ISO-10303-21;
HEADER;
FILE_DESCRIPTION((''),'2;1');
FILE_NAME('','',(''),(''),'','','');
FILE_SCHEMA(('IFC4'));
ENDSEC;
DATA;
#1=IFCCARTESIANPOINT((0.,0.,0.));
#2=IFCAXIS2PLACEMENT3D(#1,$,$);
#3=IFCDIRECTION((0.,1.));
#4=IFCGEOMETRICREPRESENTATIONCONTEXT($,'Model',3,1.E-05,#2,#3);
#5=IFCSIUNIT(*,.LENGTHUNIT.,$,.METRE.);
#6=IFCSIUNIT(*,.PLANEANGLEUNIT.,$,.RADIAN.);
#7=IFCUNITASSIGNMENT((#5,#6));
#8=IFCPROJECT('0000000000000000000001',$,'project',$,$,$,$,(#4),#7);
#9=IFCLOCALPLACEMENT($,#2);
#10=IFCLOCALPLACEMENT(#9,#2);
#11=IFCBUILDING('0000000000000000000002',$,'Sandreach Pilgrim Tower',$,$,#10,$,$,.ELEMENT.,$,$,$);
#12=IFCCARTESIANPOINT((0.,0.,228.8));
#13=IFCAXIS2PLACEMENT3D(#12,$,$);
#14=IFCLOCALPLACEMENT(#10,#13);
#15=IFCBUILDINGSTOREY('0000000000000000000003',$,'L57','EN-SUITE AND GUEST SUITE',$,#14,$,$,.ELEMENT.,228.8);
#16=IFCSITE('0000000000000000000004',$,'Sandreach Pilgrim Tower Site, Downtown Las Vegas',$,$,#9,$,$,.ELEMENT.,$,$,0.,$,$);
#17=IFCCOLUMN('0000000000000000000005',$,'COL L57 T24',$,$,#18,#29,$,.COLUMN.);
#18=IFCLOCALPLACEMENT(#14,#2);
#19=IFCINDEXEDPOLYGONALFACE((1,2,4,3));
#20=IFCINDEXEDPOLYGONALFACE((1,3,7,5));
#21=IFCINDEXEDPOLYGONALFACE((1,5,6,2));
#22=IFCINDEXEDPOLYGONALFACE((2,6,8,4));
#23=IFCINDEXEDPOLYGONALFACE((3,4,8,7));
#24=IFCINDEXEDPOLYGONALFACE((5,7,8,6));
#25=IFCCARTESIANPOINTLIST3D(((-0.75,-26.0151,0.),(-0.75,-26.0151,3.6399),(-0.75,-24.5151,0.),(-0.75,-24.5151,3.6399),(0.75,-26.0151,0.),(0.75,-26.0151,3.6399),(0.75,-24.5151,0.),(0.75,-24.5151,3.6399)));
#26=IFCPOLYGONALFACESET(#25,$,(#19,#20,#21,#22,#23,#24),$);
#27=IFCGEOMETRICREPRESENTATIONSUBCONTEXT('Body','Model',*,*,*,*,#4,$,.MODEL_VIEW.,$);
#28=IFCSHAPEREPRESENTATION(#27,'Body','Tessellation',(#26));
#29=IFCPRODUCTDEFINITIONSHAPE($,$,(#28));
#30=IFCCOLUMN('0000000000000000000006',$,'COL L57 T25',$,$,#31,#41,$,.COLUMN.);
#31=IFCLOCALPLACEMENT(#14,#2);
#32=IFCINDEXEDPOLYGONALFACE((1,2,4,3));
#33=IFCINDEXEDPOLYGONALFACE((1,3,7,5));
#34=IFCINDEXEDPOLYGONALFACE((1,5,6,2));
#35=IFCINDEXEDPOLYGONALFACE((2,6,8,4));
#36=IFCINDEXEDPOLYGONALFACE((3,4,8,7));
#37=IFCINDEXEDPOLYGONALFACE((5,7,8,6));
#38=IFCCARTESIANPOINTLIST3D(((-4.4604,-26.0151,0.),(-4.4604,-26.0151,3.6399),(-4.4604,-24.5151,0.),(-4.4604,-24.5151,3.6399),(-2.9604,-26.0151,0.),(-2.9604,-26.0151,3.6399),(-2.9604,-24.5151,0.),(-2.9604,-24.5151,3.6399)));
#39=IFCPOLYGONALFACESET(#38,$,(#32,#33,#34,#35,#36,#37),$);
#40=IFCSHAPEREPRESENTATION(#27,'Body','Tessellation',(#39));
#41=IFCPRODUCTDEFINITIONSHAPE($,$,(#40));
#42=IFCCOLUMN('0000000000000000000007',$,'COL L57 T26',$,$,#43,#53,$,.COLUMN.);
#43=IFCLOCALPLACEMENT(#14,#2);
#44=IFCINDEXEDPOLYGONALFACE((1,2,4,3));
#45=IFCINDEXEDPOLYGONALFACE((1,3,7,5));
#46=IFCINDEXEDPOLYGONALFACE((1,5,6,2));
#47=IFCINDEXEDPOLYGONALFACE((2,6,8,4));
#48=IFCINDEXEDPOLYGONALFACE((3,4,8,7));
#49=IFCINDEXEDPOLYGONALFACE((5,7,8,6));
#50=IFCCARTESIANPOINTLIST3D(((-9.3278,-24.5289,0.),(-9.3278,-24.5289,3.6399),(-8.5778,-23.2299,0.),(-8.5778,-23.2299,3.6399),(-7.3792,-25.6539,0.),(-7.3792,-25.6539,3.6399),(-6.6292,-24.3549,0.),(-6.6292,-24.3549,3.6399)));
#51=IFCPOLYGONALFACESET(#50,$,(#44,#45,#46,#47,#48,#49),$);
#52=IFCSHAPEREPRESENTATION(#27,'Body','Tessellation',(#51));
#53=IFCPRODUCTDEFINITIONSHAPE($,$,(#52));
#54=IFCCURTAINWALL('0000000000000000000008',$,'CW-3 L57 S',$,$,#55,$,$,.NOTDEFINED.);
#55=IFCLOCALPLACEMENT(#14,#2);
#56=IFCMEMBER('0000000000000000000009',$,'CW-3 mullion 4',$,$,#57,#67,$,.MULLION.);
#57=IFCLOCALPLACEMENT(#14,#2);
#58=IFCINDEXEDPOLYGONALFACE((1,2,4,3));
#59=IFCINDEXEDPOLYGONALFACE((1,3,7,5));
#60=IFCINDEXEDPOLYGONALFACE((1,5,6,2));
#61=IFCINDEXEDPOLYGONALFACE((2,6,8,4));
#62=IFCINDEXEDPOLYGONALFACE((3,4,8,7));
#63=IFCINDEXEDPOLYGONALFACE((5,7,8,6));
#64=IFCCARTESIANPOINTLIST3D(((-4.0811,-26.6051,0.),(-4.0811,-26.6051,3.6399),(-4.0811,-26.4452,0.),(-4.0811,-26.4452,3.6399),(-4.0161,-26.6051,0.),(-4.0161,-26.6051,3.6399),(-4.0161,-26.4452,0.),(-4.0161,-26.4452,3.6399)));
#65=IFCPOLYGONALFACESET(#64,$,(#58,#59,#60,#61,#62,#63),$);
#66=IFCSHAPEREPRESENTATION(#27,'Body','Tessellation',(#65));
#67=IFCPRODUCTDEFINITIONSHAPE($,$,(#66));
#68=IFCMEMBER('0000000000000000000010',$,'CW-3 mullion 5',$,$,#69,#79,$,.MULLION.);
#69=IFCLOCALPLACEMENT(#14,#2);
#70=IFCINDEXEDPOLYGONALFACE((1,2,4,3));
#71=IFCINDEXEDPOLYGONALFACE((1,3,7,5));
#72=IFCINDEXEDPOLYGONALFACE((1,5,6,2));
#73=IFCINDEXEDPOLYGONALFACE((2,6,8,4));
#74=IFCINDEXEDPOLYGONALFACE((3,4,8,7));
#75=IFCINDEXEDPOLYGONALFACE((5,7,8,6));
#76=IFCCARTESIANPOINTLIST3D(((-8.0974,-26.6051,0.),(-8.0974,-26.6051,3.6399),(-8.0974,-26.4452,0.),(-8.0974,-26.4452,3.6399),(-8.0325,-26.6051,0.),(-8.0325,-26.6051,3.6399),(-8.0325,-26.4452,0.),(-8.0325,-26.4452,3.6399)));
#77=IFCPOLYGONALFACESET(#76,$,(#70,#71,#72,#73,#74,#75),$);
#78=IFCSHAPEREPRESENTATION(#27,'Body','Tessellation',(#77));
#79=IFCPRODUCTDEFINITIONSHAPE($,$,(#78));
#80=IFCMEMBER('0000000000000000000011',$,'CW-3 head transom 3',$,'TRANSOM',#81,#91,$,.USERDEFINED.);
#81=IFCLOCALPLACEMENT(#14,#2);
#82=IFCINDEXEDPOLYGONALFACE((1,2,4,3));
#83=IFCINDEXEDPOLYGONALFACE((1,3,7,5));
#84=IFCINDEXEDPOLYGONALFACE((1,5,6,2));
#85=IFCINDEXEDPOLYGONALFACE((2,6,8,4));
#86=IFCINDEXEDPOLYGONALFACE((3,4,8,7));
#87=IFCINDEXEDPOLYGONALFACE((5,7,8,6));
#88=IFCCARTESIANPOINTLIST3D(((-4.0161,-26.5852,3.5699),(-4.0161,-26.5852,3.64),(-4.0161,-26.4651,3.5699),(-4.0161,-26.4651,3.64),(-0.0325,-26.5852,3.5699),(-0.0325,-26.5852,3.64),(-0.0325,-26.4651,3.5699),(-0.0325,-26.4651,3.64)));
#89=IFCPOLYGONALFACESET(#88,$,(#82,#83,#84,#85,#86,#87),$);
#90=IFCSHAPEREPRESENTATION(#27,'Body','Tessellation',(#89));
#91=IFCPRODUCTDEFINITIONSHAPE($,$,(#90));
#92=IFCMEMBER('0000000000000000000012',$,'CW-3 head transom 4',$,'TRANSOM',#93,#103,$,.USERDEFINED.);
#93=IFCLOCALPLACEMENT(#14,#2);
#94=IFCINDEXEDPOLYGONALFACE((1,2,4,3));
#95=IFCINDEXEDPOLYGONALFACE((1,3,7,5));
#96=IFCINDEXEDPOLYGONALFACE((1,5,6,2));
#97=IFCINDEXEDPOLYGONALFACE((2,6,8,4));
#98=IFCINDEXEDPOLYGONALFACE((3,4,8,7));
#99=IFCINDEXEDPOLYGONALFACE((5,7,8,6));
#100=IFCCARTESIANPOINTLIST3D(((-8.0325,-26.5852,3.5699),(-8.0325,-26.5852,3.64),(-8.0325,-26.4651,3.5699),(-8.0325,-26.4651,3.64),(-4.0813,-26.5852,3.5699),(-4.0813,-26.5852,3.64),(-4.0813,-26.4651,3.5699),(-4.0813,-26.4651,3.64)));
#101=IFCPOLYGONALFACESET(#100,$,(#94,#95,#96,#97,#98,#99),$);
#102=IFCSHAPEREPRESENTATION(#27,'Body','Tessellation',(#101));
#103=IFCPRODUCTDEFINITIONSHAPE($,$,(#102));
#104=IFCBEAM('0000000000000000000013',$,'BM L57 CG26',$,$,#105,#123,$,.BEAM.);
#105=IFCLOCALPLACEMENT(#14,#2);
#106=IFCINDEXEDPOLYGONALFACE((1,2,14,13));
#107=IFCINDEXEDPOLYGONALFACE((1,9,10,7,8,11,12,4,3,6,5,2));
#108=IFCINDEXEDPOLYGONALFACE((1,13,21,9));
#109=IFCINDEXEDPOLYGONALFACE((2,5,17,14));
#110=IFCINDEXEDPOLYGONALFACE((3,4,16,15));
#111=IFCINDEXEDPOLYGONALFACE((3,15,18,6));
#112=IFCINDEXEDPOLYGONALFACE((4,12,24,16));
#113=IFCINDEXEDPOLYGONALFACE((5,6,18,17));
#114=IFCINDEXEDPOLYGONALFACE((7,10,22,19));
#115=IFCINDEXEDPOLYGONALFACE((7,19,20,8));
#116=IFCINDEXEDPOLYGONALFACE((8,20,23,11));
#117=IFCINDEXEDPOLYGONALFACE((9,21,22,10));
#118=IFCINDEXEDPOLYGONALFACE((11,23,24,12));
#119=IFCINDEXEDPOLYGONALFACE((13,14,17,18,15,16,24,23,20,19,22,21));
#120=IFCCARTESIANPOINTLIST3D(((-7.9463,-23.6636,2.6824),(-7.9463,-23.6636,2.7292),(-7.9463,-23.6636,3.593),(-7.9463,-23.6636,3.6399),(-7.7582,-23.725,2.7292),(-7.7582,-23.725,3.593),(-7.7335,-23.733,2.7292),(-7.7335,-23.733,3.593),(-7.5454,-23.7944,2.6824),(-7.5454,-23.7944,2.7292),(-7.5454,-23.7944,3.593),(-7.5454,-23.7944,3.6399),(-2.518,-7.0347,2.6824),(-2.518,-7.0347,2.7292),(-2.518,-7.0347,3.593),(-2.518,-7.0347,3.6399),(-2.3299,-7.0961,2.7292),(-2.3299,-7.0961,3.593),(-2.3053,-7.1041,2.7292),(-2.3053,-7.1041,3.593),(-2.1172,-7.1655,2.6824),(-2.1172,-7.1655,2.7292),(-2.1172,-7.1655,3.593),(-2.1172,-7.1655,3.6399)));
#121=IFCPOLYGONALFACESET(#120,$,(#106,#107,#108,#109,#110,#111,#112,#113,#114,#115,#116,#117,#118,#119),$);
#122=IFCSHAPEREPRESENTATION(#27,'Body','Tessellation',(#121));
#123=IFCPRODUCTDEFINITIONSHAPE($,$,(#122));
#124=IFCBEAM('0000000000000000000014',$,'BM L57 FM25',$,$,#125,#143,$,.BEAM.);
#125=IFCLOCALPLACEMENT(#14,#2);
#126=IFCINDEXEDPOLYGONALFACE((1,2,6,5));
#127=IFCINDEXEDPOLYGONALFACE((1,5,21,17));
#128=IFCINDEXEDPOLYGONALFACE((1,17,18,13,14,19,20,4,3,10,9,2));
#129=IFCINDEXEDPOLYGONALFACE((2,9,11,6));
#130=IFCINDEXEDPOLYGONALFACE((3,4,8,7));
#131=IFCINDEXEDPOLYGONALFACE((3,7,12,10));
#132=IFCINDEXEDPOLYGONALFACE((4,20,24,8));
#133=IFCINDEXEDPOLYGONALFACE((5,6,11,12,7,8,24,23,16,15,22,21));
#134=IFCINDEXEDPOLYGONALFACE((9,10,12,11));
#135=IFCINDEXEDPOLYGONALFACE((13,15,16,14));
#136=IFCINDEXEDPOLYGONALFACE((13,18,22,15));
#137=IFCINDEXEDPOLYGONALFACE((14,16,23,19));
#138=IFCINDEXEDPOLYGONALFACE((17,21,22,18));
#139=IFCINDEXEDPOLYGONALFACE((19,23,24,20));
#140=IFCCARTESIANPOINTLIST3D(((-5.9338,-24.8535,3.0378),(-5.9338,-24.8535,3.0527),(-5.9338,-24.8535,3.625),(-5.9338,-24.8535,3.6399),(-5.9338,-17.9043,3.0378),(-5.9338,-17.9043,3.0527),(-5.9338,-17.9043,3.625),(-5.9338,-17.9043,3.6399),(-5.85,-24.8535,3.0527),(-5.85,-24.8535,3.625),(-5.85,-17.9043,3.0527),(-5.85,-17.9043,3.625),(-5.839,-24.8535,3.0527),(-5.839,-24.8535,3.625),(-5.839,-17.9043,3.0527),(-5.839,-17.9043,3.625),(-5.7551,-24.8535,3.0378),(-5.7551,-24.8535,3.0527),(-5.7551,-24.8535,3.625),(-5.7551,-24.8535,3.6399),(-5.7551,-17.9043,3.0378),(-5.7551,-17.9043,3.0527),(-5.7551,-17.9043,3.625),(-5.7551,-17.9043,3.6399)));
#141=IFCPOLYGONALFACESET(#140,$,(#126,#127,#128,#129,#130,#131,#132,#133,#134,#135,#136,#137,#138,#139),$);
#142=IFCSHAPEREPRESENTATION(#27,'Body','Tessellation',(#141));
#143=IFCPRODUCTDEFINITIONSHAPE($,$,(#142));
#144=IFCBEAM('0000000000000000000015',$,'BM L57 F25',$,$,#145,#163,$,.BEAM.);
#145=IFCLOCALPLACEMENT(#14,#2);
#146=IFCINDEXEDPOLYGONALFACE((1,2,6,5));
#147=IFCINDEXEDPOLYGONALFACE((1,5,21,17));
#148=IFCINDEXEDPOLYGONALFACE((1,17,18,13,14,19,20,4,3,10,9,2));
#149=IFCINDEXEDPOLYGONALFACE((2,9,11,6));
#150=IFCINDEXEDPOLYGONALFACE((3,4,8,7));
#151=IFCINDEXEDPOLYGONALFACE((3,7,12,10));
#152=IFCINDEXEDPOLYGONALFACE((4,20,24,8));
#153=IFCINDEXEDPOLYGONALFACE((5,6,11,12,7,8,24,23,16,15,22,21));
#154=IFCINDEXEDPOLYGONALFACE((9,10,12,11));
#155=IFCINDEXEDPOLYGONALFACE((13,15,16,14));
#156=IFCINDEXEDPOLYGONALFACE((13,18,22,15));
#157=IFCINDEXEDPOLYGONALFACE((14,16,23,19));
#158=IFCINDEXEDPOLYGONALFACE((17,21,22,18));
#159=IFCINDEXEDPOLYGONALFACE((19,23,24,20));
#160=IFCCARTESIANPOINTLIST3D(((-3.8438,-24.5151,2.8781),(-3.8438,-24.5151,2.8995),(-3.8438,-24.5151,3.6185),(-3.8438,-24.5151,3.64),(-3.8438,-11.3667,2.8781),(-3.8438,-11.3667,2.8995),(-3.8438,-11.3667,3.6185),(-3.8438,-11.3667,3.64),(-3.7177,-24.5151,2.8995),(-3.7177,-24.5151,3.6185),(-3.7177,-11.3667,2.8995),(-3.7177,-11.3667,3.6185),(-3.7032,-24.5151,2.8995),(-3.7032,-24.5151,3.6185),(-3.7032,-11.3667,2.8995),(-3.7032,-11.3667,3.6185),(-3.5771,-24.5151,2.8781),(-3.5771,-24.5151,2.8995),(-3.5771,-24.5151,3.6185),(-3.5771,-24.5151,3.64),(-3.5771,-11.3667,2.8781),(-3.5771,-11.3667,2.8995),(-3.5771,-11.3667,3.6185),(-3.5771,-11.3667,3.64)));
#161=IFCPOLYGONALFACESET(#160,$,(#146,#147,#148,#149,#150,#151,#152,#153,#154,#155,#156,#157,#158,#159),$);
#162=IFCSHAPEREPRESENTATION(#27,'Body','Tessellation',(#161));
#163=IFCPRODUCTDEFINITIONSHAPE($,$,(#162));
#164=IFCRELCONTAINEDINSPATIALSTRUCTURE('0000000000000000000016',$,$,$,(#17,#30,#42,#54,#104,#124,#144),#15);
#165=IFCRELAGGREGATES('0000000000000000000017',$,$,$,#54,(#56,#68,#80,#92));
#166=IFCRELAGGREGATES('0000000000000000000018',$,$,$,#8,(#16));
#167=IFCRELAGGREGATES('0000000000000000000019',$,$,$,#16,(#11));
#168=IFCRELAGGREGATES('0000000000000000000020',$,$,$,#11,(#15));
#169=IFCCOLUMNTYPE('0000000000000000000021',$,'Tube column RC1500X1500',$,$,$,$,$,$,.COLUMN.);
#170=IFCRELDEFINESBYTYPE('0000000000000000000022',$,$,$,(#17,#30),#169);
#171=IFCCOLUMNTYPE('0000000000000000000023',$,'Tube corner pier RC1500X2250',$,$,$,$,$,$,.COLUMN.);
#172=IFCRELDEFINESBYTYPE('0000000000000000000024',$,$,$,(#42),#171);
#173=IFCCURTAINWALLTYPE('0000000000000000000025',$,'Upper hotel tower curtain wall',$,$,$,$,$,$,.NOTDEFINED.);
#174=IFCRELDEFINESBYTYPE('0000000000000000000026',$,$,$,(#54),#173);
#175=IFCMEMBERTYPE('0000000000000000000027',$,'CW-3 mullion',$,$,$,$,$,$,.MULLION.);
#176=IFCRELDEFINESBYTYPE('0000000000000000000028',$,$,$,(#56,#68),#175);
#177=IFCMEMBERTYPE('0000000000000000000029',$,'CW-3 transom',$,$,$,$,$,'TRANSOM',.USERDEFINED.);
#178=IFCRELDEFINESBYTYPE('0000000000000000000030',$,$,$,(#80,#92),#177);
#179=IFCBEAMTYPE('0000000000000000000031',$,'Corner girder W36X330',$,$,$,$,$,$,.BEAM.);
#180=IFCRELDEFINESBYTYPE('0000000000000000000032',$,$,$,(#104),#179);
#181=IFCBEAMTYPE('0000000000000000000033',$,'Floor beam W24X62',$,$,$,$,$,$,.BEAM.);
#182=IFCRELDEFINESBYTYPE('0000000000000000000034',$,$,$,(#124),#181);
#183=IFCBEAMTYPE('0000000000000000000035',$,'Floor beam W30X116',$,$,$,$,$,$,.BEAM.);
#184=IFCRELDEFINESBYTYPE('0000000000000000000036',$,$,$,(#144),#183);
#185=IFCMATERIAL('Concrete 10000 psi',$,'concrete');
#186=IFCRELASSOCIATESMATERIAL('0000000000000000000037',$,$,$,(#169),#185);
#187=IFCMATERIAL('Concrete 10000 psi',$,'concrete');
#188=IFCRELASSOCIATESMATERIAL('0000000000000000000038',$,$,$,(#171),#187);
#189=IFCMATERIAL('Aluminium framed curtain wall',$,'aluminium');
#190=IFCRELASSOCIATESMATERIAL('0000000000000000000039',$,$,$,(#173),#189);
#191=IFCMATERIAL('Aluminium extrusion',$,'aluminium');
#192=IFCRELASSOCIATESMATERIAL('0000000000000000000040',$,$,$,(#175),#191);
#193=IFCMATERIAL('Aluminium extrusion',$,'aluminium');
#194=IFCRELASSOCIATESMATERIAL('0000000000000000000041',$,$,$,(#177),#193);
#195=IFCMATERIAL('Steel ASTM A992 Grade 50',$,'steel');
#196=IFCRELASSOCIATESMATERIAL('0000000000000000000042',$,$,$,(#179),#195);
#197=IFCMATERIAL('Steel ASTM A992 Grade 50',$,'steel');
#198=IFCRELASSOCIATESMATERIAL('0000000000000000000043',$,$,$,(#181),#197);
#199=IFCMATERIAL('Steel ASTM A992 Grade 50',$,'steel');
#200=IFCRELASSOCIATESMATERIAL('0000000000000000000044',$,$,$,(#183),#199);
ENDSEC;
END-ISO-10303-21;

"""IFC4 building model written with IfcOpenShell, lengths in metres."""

from ifc_helpers import new_model, si_unit, direction, frame, origin, origin_2d, place, context, subcontext, project, spatial, rectangle, i_section, extrude, clip, halfspace, material, material_profile, profile_set, type_object, element, aggregate, save


model = new_model("IFC4")

# Units and contexts
model_context = context("Model", 3, precision=1e-05, world=origin(), true_north=direction((0.0, 1.0)))
body_context = subcontext(model_context, "Body", "Model", "MODEL_VIEW")
ifc_project = project(units=[si_unit("LENGTHUNIT", "METRE"), si_unit("PLANEANGLEUNIT", "RADIAN")], contexts=[model_context])

# Site, building, storey
site_placement = place(None, origin())
site = spatial("IfcSite", under=ifc_project, at=site_placement, Name="Sandreach Pilgrim Tower Site, Downtown Las Vegas", CompositionType="ELEMENT", RefElevation=0.0)
building_placement = place(site_placement, origin())
building = spatial("IfcBuilding", under=site, at=building_placement, Name="Sandreach Pilgrim Tower", CompositionType="ELEMENT")
storey_placement = place(building_placement, frame((0.0, 0.0, 228.8)))
storey = spatial("IfcBuildingStorey", under=building, at=storey_placement, Name="L57", Description="EN-SUITE AND GUEST SUITE", CompositionType="ELEMENT", Elevation=228.8)

# Columns
ifc_material_1 = material(Name="Concrete 10000 psi", Category="concrete")
ifc_material_profile_1 = material_profile(ifc_material_1, rectangle(XDim=1.5, YDim=1.5, at=origin_2d()), Name="RC1500X1500")
ifc_profile_set_1 = profile_set([ifc_material_profile_1], Name="Concrete 10000 psi")
column_type_1 = type_object("IfcColumnType", Name="Tube column RC1500X1500", PredefinedType="COLUMN", material=ifc_profile_set_1)
column_1_placement = place(storey_placement, frame((0.0, -25.2651, 0.0), z_axis=(0.0, 0.0, 1.0), x_axis=(0.0, -1.0, 0.0)))
element("IfcColumn", 1, at=column_1_placement, inside=storey, type_object=column_type_1, Name="COL L57 T24", PredefinedType="COLUMN", context=body_context, shape_type="SweptSolid", body=[
    clip(extrude(rectangle(XDim=1.5, YDim=1.5, at=origin_2d()), origin(), (0.0, 0.0, 1.0), 3.7488), halfspace(frame((0.0, 0.0, 3.6399)), False)),
])
column_2_placement = place(storey_placement, frame((-3.7104, -25.2651, 0.0), z_axis=(0.0, 0.0, 1.0), x_axis=(0.0, -1.0, 0.0)))
element("IfcColumn", 2, at=column_2_placement, inside=storey, type_object=column_type_1, Name="COL L57 T25", PredefinedType="COLUMN", context=body_context, shape_type="SweptSolid", body=[
    clip(extrude(rectangle(XDim=1.5, YDim=1.5, at=origin_2d()), origin(), (0.0, 0.0, 1.0), 3.7412), halfspace(frame((0.0, 0.0, 3.6399)), False)),
])
ifc_material_2 = material(Name="Concrete 10000 psi", Category="concrete")
ifc_material_profile_2 = material_profile(ifc_material_2, rectangle(XDim=1.5, YDim=2.25, at=origin_2d()), Name="RC1500X2250")
ifc_profile_set_2 = profile_set([ifc_material_profile_2], Name="Concrete 10000 psi")
column_type_2 = type_object("IfcColumnType", Name="Tube corner pier RC1500X2250", PredefinedType="COLUMN", material=ifc_profile_set_2)
column_3_placement = place(storey_placement, frame((-7.9785, -24.4419, 0.0), z_axis=(0.0, 0.0, 1.0), x_axis=(-0.5, -0.866025, 0.0)))
element("IfcColumn", 3, at=column_3_placement, inside=storey, type_object=column_type_2, Name="COL L57 T26", PredefinedType="COLUMN", context=body_context, shape_type="SweptSolid", body=[
    clip(extrude(rectangle(XDim=1.5, YDim=2.25, at=origin_2d()), origin(), (0.0, 0.0, 1.0), 3.7312), halfspace(frame((0.0, 0.0, 3.6399)), False)),
])

# Curtain wall, members
ifc_material_3 = material(Name="Aluminium framed curtain wall", Category="aluminium")
curtain_wall_type = type_object("IfcCurtainWallType", Name="Upper hotel tower curtain wall", PredefinedType="NOTDEFINED", material=ifc_material_3)
curtain_wall_placement = place(storey_placement, origin())
curtain_wall = element("IfcCurtainWall", 4, at=curtain_wall_placement, inside=storey, type_object=curtain_wall_type, Name="CW-3 L57 S", PredefinedType="NOTDEFINED")
ifc_material_4 = material(Name="Aluminium extrusion", Category="aluminium")
ifc_material_profile_3 = material_profile(ifc_material_4, rectangle(XDim=0.0649, YDim=0.1599, at=origin_2d()), Name="CW-3M 65X160")
ifc_profile_set_3 = profile_set([ifc_material_profile_3], Name="Aluminium extrusion")
member_type_1 = type_object("IfcMemberType", Name="CW-3 mullion", PredefinedType="MULLION", material=ifc_profile_set_3)
member_1_placement = place(storey_placement, frame((-4.0486, -26.5251, 0.0), z_axis=(0.0, 0.0, 1.0), x_axis=(-1.0, 0.0, 0.0)))
member_1 = element("IfcMember", 5, at=member_1_placement, type_object=member_type_1, Name="CW-3 mullion 4", PredefinedType="MULLION", context=body_context, shape_type="SweptSolid", body=[
    extrude(rectangle(XDim=0.0649, YDim=0.1599, at=origin_2d()), origin(), (0.0, 0.0, 1.0), 3.6399),
])
member_2_placement = place(storey_placement, frame((-8.0649, -26.5251, 0.0), z_axis=(0.0, 0.0, 1.0), x_axis=(-1.0, 0.0, 0.0)))
member_2 = element("IfcMember", 6, at=member_2_placement, type_object=member_type_1, Name="CW-3 mullion 5", PredefinedType="MULLION", context=body_context, shape_type="SweptSolid", body=[
    extrude(rectangle(XDim=0.0649, YDim=0.1599, at=origin_2d()), origin(), (0.0, 0.0, 1.0), 3.6399),
])
ifc_material_5 = material(Name="Aluminium extrusion", Category="aluminium")
ifc_material_profile_4 = material_profile(ifc_material_5, rectangle(XDim=0.1201, YDim=0.0701, at=origin_2d()), Name="CW-3T 120X70")
ifc_profile_set_4 = profile_set([ifc_material_profile_4], Name="Aluminium extrusion")
member_type_2 = type_object("IfcMemberType", Name="CW-3 transom", ElementType="TRANSOM", PredefinedType="USERDEFINED", material=ifc_profile_set_4)
member_3_placement = place(storey_placement, frame((-0.0325, -26.5251, 3.605), z_axis=(-1.0, 0.0, 0.0), x_axis=(0.0, -1.0, 0.0)))
member_3 = element("IfcMember", 7, at=member_3_placement, type_object=member_type_2, Name="CW-3 head transom 3", ObjectType="TRANSOM", PredefinedType="USERDEFINED", context=body_context, shape_type="SweptSolid", body=[
    extrude(rectangle(XDim=0.1201, YDim=0.0701, at=origin_2d()), origin(), (0.0, 0.0, 1.0), 3.9836),
])
member_4_placement = place(storey_placement, frame((-4.0813, -26.5251, 3.605), z_axis=(-1.0, 0.0, 0.0), x_axis=(0.0, -1.0, 0.0)))
member_4 = element("IfcMember", 8, at=member_4_placement, type_object=member_type_2, Name="CW-3 head transom 4", ObjectType="TRANSOM", PredefinedType="USERDEFINED", context=body_context, shape_type="SweptSolid", body=[
    extrude(rectangle(XDim=0.1201, YDim=0.0701, at=origin_2d()), origin(), (0.0, 0.0, 1.0), 3.9512),
])

# Beams
ifc_material_6 = material(Name="Steel ASTM A992 Grade 50", Category="steel")
ifc_material_profile_5 = material_profile(ifc_material_6, i_section(OverallWidth=0.4216, OverallDepth=0.9575, WebThickness=0.0259, FlangeThickness=0.0469, at=origin_2d()), Name="W36X330")
ifc_profile_set_5 = profile_set([ifc_material_profile_5], Name="Steel ASTM A992 Grade 50")
beam_type_1 = type_object("IfcBeamType", Name="Corner girder W36X330", PredefinedType="BEAM", material=ifc_profile_set_5)
beam_1_placement = place(storey_placement, frame((-7.7458, -23.729, 3.1611), z_axis=(0.310318, 0.950633, 0.0), x_axis=(-0.950633, 0.310318, 0.0)))
element("IfcBeam", 9, at=beam_1_placement, inside=storey, type_object=beam_type_1, Name="BM L57 CG26", PredefinedType="BEAM", context=body_context, shape_type="SweptSolid", body=[
    extrude(i_section(OverallWidth=0.4216, OverallDepth=0.9575, WebThickness=0.0259, FlangeThickness=0.0469, at=origin_2d()), origin(), (0.0, 0.0, 1.0), 17.4924),
])
ifc_material_7 = material(Name="Steel ASTM A992 Grade 50", Category="steel")
ifc_material_profile_6 = material_profile(ifc_material_7, i_section(OverallWidth=0.1787, OverallDepth=0.6021, WebThickness=0.011, FlangeThickness=0.0149, at=origin_2d()), Name="W24X62")
ifc_profile_set_6 = profile_set([ifc_material_profile_6], Name="Steel ASTM A992 Grade 50")
beam_type_2 = type_object("IfcBeamType", Name="Floor beam W24X62", PredefinedType="BEAM", material=ifc_profile_set_6)
beam_2_placement = place(storey_placement, frame((-5.8445, -24.8535, 3.3389), z_axis=(0.0, 1.0, 0.0), x_axis=(-1.0, 0.0, 0.0)))
element("IfcBeam", 10, at=beam_2_placement, inside=storey, type_object=beam_type_2, Name="BM L57 FM25", PredefinedType="BEAM", context=body_context, shape_type="SweptSolid", body=[
    extrude(i_section(OverallWidth=0.1787, OverallDepth=0.6021, WebThickness=0.011, FlangeThickness=0.0149, at=origin_2d()), origin(), (0.0, 0.0, 1.0), 6.9492),
])
ifc_material_8 = material(Name="Steel ASTM A992 Grade 50", Category="steel")
ifc_material_profile_7 = material_profile(ifc_material_8, i_section(OverallWidth=0.2666, OverallDepth=0.762, WebThickness=0.0144, FlangeThickness=0.0215, at=origin_2d()), Name="W30X116")
ifc_profile_set_7 = profile_set([ifc_material_profile_7], Name="Steel ASTM A992 Grade 50")
beam_type_3 = type_object("IfcBeamType", Name="Floor beam W30X116", PredefinedType="BEAM", material=ifc_profile_set_7)
beam_3_placement = place(storey_placement, frame((-3.7104, -24.5151, 3.259), z_axis=(0.0, 1.0, 0.0), x_axis=(-1.0, 0.0, 0.0)))
element("IfcBeam", 11, at=beam_3_placement, inside=storey, type_object=beam_type_3, Name="BM L57 F25", PredefinedType="BEAM", context=body_context, shape_type="SweptSolid", body=[
    extrude(i_section(OverallWidth=0.2666, OverallDepth=0.762, WebThickness=0.0144, FlangeThickness=0.0215, at=origin_2d()), origin(), (0.0, 0.0, 1.0), 13.1484),
])

aggregate(curtain_wall, [member_1, member_2, member_3, member_4])

save(model, "model.ifc")
